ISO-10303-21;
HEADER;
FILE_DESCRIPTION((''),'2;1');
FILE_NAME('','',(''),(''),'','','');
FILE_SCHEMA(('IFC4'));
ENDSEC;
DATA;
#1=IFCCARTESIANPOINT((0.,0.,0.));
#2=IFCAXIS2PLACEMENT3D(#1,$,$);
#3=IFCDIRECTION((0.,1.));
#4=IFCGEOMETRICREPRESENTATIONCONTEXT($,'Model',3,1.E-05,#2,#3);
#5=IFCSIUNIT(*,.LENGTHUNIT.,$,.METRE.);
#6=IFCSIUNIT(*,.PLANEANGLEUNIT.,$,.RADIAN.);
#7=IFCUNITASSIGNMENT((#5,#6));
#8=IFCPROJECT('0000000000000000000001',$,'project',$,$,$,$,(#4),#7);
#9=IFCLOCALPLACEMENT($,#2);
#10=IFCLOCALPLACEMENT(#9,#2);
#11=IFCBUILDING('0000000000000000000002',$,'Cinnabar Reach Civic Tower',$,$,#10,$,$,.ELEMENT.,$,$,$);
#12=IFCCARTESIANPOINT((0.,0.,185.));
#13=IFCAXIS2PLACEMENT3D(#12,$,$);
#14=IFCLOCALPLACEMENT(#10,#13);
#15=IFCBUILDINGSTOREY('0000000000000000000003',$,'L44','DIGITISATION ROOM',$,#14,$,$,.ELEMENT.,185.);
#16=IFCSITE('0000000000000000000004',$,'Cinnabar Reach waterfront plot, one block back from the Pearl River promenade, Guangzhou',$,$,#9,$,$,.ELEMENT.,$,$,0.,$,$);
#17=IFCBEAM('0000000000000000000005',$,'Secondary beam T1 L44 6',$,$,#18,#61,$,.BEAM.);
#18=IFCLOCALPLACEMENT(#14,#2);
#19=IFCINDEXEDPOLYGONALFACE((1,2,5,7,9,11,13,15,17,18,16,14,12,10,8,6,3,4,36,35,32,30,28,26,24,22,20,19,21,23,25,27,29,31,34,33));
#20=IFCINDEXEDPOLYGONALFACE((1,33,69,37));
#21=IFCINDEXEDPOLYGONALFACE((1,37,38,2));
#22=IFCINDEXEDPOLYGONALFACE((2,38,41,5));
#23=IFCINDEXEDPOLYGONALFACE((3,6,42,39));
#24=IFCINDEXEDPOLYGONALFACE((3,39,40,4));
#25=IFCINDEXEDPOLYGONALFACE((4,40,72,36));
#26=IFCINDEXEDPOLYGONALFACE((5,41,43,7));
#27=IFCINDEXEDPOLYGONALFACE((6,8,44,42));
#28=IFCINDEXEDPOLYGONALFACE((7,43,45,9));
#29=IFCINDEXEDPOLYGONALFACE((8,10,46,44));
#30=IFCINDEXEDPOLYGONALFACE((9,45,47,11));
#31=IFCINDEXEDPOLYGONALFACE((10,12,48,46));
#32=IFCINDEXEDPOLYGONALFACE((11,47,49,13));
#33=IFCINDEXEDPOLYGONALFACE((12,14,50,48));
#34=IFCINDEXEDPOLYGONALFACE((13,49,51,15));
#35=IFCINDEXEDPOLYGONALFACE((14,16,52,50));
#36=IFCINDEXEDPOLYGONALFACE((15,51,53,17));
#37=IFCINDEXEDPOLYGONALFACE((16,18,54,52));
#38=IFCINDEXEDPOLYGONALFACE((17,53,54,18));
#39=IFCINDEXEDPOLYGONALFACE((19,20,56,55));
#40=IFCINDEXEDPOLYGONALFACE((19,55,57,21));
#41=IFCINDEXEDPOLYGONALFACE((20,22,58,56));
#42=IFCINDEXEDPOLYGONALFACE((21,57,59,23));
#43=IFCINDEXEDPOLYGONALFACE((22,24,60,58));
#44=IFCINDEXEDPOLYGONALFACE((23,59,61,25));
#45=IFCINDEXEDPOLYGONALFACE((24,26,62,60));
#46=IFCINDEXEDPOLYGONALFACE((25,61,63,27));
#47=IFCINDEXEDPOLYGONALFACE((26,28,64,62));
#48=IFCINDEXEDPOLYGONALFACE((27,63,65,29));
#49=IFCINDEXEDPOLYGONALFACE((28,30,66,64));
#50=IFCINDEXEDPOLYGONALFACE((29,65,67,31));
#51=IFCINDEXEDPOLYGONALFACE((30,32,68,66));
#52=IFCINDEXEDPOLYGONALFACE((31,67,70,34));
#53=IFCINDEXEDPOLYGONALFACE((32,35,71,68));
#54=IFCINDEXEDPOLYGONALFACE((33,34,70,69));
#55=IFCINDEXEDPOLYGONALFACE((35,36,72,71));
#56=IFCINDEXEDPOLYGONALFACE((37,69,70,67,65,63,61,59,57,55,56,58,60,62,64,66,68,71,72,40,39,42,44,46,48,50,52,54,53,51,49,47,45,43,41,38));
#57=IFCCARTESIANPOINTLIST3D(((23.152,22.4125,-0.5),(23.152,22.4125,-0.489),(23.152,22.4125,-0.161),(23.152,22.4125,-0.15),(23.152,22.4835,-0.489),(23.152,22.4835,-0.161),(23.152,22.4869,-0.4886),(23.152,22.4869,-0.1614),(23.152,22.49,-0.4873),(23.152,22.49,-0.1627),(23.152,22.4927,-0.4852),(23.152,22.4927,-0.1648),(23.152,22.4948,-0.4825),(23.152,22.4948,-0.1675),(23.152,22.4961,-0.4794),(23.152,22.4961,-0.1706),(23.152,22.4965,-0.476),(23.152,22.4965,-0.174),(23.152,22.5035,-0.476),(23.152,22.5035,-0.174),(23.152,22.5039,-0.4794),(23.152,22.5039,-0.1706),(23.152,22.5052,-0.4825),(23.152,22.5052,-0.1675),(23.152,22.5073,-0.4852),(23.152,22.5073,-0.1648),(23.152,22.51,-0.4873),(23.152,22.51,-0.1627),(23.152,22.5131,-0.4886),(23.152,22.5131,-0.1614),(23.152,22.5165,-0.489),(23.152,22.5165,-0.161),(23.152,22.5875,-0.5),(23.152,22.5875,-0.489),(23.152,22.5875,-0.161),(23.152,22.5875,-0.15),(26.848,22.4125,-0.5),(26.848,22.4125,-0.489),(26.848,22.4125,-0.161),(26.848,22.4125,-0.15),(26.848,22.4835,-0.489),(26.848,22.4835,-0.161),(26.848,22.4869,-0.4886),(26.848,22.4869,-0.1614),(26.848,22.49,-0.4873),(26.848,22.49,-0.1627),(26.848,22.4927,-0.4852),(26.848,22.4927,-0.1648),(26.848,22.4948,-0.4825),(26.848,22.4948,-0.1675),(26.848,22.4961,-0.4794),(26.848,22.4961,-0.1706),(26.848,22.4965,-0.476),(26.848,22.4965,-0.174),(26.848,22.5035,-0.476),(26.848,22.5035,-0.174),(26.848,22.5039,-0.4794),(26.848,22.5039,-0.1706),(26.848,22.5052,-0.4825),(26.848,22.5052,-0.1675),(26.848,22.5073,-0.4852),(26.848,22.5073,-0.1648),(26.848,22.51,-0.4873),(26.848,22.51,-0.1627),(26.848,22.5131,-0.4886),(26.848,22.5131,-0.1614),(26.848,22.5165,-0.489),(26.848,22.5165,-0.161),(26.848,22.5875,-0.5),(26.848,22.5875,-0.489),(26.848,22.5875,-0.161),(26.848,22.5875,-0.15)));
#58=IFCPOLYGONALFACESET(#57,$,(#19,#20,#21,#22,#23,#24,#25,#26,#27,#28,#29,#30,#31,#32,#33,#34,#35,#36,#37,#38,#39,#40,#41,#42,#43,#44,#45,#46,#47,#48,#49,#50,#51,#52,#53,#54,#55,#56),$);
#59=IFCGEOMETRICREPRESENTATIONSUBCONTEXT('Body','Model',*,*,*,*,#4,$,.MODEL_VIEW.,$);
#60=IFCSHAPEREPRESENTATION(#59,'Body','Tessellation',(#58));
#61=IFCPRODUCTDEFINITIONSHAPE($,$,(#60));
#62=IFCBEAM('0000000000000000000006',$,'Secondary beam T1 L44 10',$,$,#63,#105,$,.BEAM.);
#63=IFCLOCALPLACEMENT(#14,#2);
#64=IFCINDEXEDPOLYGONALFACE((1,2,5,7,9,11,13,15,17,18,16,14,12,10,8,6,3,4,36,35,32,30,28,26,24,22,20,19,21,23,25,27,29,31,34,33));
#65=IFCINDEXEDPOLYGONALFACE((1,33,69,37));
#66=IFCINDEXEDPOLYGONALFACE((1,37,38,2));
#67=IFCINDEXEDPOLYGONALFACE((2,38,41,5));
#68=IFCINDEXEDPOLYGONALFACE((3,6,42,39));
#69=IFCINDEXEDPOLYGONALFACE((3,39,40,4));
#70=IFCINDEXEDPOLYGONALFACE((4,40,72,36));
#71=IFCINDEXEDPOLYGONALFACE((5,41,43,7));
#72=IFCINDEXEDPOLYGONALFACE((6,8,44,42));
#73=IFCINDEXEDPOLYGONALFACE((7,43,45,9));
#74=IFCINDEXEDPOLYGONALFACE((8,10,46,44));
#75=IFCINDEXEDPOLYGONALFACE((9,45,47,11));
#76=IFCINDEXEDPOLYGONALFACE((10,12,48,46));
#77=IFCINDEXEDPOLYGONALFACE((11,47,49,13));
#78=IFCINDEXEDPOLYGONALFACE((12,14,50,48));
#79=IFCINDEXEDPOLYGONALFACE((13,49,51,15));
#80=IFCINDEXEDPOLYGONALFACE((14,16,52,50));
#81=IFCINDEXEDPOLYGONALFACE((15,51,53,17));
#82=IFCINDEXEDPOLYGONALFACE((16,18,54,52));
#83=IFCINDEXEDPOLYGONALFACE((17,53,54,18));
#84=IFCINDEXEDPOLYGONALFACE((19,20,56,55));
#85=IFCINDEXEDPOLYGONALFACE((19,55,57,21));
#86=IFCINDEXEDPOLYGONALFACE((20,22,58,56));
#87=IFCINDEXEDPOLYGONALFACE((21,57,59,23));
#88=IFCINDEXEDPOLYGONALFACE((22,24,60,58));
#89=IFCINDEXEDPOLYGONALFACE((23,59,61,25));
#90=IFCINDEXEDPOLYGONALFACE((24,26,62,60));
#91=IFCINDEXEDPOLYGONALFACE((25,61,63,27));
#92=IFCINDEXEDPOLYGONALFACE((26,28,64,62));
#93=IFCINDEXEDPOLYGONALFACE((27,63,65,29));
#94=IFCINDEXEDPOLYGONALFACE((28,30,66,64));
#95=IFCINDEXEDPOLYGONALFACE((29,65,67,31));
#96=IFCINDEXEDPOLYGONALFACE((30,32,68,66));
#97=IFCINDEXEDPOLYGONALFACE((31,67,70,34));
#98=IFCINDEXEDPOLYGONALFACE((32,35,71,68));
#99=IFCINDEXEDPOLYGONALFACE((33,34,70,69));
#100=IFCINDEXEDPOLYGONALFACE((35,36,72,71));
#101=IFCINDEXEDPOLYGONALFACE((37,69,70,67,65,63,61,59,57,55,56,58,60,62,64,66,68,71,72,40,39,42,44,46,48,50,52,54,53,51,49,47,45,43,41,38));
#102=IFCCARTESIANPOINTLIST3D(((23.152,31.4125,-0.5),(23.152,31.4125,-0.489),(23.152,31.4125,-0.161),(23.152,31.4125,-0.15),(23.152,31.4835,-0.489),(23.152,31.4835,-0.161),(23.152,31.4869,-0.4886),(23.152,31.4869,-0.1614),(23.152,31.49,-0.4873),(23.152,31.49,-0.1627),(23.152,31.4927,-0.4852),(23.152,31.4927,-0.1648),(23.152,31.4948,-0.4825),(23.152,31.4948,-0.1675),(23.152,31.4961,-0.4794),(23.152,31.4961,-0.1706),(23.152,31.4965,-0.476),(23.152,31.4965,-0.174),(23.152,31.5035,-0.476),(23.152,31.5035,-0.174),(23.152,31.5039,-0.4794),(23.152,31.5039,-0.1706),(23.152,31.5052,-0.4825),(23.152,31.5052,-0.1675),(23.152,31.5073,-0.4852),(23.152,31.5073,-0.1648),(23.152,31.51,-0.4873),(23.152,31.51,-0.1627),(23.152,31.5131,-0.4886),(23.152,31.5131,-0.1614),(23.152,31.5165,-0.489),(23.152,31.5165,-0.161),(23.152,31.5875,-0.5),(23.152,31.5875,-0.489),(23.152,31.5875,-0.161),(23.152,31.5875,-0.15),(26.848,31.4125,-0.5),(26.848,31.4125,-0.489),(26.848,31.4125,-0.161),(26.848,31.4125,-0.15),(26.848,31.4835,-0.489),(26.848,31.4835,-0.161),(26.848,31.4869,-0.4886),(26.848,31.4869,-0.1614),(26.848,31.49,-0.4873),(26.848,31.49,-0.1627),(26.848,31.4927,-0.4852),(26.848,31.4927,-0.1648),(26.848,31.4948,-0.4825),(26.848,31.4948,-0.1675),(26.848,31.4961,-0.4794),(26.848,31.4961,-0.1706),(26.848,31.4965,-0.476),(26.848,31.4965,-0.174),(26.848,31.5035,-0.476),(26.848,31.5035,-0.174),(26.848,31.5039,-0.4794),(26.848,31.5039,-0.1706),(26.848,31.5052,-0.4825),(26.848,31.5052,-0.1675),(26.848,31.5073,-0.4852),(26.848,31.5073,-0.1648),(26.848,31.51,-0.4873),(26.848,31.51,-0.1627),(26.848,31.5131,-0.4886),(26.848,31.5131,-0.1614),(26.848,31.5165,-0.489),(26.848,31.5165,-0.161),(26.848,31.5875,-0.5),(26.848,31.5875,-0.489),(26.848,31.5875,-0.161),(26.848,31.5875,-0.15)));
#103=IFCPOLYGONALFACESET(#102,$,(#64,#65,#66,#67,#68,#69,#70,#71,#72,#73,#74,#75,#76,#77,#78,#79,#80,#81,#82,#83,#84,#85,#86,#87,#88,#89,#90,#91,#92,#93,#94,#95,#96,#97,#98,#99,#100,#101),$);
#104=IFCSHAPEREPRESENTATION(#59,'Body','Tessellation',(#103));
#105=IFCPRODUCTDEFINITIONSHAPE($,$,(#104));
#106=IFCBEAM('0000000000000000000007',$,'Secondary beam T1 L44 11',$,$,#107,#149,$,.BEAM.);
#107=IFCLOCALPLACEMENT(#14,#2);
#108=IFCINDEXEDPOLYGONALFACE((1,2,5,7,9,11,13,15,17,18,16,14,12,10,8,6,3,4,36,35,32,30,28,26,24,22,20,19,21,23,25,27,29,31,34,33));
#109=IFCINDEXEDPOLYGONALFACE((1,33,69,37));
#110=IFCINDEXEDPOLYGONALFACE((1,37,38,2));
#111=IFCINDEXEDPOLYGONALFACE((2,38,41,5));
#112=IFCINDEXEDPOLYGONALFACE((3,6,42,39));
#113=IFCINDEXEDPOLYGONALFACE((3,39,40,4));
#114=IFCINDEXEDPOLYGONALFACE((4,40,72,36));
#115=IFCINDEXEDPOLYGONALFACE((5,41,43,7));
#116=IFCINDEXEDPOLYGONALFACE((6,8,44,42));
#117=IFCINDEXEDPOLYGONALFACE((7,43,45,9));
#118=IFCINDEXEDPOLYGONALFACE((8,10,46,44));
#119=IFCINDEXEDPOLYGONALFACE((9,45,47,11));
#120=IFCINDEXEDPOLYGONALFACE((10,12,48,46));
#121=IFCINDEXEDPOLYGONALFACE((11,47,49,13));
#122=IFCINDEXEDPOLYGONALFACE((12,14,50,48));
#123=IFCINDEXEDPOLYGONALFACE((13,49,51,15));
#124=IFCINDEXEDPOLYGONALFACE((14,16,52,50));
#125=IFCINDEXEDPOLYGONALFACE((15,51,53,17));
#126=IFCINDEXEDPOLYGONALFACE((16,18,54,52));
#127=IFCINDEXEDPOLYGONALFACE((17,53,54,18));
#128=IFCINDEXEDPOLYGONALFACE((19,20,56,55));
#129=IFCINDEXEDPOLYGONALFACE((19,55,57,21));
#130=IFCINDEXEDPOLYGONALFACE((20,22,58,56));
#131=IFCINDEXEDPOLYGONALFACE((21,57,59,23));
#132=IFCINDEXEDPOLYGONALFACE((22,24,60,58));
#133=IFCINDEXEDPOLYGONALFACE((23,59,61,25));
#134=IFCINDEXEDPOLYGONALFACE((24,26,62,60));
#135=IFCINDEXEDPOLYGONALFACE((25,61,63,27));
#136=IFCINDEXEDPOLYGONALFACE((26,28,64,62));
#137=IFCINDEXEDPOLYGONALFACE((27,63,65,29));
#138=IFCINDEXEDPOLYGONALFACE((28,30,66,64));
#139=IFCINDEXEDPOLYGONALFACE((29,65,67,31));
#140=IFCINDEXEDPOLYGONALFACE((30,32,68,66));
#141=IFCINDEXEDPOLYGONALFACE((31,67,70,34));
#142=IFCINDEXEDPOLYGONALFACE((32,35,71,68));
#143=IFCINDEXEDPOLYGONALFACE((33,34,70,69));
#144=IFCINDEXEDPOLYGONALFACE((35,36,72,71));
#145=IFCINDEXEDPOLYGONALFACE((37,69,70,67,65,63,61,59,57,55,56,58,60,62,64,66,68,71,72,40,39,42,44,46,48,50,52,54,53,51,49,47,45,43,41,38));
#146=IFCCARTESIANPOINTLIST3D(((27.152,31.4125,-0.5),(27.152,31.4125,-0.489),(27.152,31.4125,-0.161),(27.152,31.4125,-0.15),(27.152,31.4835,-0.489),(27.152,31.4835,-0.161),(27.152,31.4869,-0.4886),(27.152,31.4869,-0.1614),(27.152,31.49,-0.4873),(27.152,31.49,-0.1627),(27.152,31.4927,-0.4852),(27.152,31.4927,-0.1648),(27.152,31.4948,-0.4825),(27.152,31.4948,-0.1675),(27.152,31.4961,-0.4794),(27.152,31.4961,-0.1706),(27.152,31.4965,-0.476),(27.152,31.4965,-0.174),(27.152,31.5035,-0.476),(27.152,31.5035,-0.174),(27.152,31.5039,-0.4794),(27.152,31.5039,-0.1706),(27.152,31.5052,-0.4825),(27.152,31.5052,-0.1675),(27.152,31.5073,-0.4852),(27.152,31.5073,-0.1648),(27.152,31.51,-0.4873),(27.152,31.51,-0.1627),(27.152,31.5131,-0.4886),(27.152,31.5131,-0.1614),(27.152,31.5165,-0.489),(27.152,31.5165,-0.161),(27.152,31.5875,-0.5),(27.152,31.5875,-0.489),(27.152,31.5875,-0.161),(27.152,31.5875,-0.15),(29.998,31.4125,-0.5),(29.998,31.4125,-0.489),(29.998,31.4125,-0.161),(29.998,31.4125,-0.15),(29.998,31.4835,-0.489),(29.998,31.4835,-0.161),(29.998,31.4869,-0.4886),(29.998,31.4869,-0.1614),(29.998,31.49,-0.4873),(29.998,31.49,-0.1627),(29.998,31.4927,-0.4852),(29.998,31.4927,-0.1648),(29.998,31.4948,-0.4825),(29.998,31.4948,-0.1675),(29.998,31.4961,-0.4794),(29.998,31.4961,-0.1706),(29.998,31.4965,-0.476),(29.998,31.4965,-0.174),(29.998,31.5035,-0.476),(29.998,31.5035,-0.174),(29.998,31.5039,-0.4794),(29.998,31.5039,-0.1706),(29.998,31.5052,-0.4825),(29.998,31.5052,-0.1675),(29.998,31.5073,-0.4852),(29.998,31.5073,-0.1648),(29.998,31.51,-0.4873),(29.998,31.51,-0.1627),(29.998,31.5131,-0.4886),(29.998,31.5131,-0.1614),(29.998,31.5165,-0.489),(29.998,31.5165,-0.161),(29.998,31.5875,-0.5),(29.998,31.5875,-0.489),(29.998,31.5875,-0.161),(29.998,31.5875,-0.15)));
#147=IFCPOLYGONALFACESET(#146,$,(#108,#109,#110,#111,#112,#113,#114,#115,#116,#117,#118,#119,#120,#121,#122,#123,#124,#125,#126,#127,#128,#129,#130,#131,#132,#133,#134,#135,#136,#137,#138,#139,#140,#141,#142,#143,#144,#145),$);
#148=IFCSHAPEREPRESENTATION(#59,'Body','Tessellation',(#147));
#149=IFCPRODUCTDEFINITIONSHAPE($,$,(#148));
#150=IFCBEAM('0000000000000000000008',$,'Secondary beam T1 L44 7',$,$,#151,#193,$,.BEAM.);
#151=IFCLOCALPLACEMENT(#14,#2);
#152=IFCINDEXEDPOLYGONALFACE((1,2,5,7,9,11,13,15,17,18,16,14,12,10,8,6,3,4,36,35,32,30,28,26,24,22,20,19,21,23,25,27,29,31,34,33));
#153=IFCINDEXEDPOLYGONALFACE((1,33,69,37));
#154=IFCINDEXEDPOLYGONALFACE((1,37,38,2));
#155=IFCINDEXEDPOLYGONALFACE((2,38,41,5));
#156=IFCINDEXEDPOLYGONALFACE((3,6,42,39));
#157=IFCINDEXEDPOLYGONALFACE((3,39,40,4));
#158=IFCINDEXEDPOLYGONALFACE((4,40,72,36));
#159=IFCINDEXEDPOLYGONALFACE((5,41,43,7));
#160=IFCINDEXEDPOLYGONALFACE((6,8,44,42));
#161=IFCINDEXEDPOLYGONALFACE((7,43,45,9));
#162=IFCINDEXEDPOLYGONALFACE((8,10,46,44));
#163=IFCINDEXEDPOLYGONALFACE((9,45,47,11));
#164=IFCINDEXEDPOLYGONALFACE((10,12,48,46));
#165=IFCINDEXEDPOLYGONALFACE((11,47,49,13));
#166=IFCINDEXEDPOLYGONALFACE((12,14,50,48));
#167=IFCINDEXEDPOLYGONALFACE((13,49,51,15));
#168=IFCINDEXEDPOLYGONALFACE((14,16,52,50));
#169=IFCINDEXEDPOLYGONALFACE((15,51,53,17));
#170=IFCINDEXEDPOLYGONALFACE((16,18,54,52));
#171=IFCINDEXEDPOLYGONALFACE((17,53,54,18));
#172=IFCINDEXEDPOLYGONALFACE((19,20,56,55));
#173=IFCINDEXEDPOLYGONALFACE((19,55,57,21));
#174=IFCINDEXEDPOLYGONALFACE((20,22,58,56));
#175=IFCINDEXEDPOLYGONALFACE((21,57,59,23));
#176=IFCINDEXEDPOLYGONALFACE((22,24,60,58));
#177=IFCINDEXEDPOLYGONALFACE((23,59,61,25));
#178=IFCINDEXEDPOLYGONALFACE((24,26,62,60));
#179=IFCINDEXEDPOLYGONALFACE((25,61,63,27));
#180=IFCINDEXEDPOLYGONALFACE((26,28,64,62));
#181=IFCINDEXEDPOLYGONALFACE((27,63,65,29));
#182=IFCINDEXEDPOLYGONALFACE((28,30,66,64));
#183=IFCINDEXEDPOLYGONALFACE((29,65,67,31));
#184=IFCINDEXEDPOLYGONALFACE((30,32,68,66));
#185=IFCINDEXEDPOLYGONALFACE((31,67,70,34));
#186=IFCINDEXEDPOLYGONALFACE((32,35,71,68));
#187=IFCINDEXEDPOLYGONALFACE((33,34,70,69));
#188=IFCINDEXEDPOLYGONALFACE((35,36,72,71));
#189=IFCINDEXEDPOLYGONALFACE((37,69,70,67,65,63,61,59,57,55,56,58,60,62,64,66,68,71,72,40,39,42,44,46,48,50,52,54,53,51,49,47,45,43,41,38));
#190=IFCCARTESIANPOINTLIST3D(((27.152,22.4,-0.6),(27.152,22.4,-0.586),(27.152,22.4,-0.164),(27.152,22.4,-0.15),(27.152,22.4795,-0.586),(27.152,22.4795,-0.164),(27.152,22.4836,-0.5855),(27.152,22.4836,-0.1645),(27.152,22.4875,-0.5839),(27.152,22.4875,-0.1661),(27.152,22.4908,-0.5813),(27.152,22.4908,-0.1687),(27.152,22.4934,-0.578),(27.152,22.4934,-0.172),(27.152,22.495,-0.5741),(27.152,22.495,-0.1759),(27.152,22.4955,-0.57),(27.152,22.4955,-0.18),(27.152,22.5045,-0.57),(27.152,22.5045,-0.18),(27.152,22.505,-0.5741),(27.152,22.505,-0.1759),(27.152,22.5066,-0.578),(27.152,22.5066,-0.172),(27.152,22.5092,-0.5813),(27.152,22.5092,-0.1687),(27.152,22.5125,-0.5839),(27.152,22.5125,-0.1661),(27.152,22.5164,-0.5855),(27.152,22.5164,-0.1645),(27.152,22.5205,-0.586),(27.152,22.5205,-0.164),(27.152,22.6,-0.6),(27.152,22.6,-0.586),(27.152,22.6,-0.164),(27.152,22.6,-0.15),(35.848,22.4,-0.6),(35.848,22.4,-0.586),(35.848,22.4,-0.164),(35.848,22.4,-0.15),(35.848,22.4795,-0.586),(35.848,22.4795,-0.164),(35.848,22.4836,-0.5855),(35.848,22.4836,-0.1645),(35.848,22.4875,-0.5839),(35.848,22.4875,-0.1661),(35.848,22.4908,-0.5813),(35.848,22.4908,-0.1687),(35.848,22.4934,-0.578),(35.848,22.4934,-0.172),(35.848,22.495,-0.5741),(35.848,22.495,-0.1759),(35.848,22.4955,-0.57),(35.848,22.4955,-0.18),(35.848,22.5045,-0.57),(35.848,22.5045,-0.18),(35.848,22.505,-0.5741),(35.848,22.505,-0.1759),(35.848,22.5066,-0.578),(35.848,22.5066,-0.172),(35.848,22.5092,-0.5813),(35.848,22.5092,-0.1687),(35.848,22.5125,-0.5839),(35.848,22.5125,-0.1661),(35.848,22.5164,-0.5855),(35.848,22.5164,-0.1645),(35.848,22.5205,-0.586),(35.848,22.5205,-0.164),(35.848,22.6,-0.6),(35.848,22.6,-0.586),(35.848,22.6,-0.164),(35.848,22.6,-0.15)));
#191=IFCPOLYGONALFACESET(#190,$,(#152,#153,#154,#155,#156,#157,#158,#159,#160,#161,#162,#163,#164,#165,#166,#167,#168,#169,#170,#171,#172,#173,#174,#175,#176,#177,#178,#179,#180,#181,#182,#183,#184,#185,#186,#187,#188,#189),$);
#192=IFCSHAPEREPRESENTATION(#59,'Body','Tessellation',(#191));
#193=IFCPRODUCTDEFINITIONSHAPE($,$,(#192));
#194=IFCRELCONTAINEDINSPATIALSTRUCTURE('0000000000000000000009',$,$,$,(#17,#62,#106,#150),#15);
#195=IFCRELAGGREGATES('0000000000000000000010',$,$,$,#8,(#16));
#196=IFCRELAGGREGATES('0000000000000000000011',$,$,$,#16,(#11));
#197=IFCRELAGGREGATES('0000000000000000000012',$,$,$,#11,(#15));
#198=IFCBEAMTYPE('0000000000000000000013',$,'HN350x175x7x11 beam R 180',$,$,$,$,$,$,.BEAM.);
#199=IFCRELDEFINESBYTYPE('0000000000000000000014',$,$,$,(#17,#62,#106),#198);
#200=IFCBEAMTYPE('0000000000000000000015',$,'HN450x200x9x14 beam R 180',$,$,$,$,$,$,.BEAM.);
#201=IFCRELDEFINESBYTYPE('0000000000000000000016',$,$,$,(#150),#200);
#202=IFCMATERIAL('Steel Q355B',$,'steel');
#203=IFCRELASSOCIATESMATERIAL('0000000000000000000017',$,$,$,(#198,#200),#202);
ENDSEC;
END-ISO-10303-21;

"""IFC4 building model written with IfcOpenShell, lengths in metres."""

from ifc_helpers import new_model, si_unit, direction, frame, origin, origin_2d, place, context, subcontext, project, spatial, i_section, extrude, material, material_profile, profile_set, type_object, element, save


model = new_model("IFC4")

# Units and contexts
model_context = context("Model", 3, precision=1e-05, world=origin(), true_north=direction((0.0, 1.0)))
body_context = subcontext(model_context, "Body", "Model", "MODEL_VIEW")
ifc_project = project(units=[si_unit("LENGTHUNIT", "METRE"), si_unit("PLANEANGLEUNIT", "RADIAN")], contexts=[model_context])

# Site, building, storey
site_placement = place(None, origin())
site = spatial("IfcSite", under=ifc_project, at=site_placement, Name="Cinnabar Reach waterfront plot, one block back from the Pearl River promenade, Guangzhou", CompositionType="ELEMENT", RefElevation=0.0)
building_placement = place(site_placement, origin())
building = spatial("IfcBuilding", under=site, at=building_placement, Name="Cinnabar Reach Civic Tower", CompositionType="ELEMENT")
storey_placement = place(building_placement, frame((0.0, 0.0, 185.0)))
storey = spatial("IfcBuildingStorey", under=building, at=storey_placement, Name="L44", Description="DIGITISATION ROOM", CompositionType="ELEMENT", Elevation=185.0)

# Beams
ifc_material_1 = material(Name="Steel Q355B", Category="steel")
ifc_material_profile_1 = material_profile(ifc_material_1, i_section(OverallWidth=0.175, OverallDepth=0.35, WebThickness=0.007, FlangeThickness=0.011, FilletRadius=0.013, at=origin_2d()), Name="HN350x175x7x11")
ifc_profile_set_1 = profile_set([ifc_material_profile_1], Name="Steel Q355B")
beam_type_1 = type_object("IfcBeamType", Name="HN350x175x7x11 beam R 180", PredefinedType="BEAM", material=ifc_profile_set_1)
for number, where, z_axis, x_axis, name in (
    (1, (23.152, 22.5, -0.325), (1.0, 0.0, 0.0), (0.0, 1.0, 0.0), "Secondary beam T1 L44 6"),
    (2, (23.152, 31.5, -0.325), (1.0, 0.0, 0.0), (0.0, 1.0, 0.0), "Secondary beam T1 L44 10"),
):
    element("IfcBeam", number, at=place(storey_placement, frame(where, z_axis=z_axis, x_axis=x_axis)), inside=storey, type_object=beam_type_1, Name=name, PredefinedType="BEAM", context=body_context, shape_type="SweptSolid", body=[
        extrude(i_section(OverallWidth=0.175, OverallDepth=0.35, WebThickness=0.007, FlangeThickness=0.011, FilletRadius=0.013, at=origin_2d()), origin(), (0.0, 0.0, 1.0), 3.696),
    ])
beam_1_placement = place(storey_placement, frame((27.152, 31.5, -0.325), z_axis=(1.0, 0.0, 0.0), x_axis=(0.0, 1.0, 0.0)))
element("IfcBeam", 3, at=beam_1_placement, inside=storey, type_object=beam_type_1, Name="Secondary beam T1 L44 11", PredefinedType="BEAM", context=body_context, shape_type="SweptSolid", body=[
    extrude(i_section(OverallWidth=0.175, OverallDepth=0.35, WebThickness=0.007, FlangeThickness=0.011, FilletRadius=0.013, at=origin_2d()), origin(), (0.0, 0.0, 1.0), 2.846),
])
ifc_material_profile_2 = material_profile(ifc_material_1, i_section(OverallWidth=0.2, OverallDepth=0.45, WebThickness=0.009, FlangeThickness=0.014, FilletRadius=0.016, at=origin_2d()), Name="HN450x200x9x14")
ifc_profile_set_2 = profile_set([ifc_material_profile_2], Name="Steel Q355B")
beam_type_2 = type_object("IfcBeamType", Name="HN450x200x9x14 beam R 180", PredefinedType="BEAM", material=ifc_profile_set_2)
beam_2_placement = place(storey_placement, frame((27.152, 22.5, -0.375), z_axis=(1.0, 0.0, 0.0), x_axis=(0.0, 1.0, 0.0)))
element("IfcBeam", 4, at=beam_2_placement, inside=storey, type_object=beam_type_2, Name="Secondary beam T1 L44 7", PredefinedType="BEAM", context=body_context, shape_type="SweptSolid", body=[
    extrude(i_section(OverallWidth=0.2, OverallDepth=0.45, WebThickness=0.009, FlangeThickness=0.014, FilletRadius=0.016, at=origin_2d()), origin(), (0.0, 0.0, 1.0), 8.696),
])

save(model, "model.ifc")
